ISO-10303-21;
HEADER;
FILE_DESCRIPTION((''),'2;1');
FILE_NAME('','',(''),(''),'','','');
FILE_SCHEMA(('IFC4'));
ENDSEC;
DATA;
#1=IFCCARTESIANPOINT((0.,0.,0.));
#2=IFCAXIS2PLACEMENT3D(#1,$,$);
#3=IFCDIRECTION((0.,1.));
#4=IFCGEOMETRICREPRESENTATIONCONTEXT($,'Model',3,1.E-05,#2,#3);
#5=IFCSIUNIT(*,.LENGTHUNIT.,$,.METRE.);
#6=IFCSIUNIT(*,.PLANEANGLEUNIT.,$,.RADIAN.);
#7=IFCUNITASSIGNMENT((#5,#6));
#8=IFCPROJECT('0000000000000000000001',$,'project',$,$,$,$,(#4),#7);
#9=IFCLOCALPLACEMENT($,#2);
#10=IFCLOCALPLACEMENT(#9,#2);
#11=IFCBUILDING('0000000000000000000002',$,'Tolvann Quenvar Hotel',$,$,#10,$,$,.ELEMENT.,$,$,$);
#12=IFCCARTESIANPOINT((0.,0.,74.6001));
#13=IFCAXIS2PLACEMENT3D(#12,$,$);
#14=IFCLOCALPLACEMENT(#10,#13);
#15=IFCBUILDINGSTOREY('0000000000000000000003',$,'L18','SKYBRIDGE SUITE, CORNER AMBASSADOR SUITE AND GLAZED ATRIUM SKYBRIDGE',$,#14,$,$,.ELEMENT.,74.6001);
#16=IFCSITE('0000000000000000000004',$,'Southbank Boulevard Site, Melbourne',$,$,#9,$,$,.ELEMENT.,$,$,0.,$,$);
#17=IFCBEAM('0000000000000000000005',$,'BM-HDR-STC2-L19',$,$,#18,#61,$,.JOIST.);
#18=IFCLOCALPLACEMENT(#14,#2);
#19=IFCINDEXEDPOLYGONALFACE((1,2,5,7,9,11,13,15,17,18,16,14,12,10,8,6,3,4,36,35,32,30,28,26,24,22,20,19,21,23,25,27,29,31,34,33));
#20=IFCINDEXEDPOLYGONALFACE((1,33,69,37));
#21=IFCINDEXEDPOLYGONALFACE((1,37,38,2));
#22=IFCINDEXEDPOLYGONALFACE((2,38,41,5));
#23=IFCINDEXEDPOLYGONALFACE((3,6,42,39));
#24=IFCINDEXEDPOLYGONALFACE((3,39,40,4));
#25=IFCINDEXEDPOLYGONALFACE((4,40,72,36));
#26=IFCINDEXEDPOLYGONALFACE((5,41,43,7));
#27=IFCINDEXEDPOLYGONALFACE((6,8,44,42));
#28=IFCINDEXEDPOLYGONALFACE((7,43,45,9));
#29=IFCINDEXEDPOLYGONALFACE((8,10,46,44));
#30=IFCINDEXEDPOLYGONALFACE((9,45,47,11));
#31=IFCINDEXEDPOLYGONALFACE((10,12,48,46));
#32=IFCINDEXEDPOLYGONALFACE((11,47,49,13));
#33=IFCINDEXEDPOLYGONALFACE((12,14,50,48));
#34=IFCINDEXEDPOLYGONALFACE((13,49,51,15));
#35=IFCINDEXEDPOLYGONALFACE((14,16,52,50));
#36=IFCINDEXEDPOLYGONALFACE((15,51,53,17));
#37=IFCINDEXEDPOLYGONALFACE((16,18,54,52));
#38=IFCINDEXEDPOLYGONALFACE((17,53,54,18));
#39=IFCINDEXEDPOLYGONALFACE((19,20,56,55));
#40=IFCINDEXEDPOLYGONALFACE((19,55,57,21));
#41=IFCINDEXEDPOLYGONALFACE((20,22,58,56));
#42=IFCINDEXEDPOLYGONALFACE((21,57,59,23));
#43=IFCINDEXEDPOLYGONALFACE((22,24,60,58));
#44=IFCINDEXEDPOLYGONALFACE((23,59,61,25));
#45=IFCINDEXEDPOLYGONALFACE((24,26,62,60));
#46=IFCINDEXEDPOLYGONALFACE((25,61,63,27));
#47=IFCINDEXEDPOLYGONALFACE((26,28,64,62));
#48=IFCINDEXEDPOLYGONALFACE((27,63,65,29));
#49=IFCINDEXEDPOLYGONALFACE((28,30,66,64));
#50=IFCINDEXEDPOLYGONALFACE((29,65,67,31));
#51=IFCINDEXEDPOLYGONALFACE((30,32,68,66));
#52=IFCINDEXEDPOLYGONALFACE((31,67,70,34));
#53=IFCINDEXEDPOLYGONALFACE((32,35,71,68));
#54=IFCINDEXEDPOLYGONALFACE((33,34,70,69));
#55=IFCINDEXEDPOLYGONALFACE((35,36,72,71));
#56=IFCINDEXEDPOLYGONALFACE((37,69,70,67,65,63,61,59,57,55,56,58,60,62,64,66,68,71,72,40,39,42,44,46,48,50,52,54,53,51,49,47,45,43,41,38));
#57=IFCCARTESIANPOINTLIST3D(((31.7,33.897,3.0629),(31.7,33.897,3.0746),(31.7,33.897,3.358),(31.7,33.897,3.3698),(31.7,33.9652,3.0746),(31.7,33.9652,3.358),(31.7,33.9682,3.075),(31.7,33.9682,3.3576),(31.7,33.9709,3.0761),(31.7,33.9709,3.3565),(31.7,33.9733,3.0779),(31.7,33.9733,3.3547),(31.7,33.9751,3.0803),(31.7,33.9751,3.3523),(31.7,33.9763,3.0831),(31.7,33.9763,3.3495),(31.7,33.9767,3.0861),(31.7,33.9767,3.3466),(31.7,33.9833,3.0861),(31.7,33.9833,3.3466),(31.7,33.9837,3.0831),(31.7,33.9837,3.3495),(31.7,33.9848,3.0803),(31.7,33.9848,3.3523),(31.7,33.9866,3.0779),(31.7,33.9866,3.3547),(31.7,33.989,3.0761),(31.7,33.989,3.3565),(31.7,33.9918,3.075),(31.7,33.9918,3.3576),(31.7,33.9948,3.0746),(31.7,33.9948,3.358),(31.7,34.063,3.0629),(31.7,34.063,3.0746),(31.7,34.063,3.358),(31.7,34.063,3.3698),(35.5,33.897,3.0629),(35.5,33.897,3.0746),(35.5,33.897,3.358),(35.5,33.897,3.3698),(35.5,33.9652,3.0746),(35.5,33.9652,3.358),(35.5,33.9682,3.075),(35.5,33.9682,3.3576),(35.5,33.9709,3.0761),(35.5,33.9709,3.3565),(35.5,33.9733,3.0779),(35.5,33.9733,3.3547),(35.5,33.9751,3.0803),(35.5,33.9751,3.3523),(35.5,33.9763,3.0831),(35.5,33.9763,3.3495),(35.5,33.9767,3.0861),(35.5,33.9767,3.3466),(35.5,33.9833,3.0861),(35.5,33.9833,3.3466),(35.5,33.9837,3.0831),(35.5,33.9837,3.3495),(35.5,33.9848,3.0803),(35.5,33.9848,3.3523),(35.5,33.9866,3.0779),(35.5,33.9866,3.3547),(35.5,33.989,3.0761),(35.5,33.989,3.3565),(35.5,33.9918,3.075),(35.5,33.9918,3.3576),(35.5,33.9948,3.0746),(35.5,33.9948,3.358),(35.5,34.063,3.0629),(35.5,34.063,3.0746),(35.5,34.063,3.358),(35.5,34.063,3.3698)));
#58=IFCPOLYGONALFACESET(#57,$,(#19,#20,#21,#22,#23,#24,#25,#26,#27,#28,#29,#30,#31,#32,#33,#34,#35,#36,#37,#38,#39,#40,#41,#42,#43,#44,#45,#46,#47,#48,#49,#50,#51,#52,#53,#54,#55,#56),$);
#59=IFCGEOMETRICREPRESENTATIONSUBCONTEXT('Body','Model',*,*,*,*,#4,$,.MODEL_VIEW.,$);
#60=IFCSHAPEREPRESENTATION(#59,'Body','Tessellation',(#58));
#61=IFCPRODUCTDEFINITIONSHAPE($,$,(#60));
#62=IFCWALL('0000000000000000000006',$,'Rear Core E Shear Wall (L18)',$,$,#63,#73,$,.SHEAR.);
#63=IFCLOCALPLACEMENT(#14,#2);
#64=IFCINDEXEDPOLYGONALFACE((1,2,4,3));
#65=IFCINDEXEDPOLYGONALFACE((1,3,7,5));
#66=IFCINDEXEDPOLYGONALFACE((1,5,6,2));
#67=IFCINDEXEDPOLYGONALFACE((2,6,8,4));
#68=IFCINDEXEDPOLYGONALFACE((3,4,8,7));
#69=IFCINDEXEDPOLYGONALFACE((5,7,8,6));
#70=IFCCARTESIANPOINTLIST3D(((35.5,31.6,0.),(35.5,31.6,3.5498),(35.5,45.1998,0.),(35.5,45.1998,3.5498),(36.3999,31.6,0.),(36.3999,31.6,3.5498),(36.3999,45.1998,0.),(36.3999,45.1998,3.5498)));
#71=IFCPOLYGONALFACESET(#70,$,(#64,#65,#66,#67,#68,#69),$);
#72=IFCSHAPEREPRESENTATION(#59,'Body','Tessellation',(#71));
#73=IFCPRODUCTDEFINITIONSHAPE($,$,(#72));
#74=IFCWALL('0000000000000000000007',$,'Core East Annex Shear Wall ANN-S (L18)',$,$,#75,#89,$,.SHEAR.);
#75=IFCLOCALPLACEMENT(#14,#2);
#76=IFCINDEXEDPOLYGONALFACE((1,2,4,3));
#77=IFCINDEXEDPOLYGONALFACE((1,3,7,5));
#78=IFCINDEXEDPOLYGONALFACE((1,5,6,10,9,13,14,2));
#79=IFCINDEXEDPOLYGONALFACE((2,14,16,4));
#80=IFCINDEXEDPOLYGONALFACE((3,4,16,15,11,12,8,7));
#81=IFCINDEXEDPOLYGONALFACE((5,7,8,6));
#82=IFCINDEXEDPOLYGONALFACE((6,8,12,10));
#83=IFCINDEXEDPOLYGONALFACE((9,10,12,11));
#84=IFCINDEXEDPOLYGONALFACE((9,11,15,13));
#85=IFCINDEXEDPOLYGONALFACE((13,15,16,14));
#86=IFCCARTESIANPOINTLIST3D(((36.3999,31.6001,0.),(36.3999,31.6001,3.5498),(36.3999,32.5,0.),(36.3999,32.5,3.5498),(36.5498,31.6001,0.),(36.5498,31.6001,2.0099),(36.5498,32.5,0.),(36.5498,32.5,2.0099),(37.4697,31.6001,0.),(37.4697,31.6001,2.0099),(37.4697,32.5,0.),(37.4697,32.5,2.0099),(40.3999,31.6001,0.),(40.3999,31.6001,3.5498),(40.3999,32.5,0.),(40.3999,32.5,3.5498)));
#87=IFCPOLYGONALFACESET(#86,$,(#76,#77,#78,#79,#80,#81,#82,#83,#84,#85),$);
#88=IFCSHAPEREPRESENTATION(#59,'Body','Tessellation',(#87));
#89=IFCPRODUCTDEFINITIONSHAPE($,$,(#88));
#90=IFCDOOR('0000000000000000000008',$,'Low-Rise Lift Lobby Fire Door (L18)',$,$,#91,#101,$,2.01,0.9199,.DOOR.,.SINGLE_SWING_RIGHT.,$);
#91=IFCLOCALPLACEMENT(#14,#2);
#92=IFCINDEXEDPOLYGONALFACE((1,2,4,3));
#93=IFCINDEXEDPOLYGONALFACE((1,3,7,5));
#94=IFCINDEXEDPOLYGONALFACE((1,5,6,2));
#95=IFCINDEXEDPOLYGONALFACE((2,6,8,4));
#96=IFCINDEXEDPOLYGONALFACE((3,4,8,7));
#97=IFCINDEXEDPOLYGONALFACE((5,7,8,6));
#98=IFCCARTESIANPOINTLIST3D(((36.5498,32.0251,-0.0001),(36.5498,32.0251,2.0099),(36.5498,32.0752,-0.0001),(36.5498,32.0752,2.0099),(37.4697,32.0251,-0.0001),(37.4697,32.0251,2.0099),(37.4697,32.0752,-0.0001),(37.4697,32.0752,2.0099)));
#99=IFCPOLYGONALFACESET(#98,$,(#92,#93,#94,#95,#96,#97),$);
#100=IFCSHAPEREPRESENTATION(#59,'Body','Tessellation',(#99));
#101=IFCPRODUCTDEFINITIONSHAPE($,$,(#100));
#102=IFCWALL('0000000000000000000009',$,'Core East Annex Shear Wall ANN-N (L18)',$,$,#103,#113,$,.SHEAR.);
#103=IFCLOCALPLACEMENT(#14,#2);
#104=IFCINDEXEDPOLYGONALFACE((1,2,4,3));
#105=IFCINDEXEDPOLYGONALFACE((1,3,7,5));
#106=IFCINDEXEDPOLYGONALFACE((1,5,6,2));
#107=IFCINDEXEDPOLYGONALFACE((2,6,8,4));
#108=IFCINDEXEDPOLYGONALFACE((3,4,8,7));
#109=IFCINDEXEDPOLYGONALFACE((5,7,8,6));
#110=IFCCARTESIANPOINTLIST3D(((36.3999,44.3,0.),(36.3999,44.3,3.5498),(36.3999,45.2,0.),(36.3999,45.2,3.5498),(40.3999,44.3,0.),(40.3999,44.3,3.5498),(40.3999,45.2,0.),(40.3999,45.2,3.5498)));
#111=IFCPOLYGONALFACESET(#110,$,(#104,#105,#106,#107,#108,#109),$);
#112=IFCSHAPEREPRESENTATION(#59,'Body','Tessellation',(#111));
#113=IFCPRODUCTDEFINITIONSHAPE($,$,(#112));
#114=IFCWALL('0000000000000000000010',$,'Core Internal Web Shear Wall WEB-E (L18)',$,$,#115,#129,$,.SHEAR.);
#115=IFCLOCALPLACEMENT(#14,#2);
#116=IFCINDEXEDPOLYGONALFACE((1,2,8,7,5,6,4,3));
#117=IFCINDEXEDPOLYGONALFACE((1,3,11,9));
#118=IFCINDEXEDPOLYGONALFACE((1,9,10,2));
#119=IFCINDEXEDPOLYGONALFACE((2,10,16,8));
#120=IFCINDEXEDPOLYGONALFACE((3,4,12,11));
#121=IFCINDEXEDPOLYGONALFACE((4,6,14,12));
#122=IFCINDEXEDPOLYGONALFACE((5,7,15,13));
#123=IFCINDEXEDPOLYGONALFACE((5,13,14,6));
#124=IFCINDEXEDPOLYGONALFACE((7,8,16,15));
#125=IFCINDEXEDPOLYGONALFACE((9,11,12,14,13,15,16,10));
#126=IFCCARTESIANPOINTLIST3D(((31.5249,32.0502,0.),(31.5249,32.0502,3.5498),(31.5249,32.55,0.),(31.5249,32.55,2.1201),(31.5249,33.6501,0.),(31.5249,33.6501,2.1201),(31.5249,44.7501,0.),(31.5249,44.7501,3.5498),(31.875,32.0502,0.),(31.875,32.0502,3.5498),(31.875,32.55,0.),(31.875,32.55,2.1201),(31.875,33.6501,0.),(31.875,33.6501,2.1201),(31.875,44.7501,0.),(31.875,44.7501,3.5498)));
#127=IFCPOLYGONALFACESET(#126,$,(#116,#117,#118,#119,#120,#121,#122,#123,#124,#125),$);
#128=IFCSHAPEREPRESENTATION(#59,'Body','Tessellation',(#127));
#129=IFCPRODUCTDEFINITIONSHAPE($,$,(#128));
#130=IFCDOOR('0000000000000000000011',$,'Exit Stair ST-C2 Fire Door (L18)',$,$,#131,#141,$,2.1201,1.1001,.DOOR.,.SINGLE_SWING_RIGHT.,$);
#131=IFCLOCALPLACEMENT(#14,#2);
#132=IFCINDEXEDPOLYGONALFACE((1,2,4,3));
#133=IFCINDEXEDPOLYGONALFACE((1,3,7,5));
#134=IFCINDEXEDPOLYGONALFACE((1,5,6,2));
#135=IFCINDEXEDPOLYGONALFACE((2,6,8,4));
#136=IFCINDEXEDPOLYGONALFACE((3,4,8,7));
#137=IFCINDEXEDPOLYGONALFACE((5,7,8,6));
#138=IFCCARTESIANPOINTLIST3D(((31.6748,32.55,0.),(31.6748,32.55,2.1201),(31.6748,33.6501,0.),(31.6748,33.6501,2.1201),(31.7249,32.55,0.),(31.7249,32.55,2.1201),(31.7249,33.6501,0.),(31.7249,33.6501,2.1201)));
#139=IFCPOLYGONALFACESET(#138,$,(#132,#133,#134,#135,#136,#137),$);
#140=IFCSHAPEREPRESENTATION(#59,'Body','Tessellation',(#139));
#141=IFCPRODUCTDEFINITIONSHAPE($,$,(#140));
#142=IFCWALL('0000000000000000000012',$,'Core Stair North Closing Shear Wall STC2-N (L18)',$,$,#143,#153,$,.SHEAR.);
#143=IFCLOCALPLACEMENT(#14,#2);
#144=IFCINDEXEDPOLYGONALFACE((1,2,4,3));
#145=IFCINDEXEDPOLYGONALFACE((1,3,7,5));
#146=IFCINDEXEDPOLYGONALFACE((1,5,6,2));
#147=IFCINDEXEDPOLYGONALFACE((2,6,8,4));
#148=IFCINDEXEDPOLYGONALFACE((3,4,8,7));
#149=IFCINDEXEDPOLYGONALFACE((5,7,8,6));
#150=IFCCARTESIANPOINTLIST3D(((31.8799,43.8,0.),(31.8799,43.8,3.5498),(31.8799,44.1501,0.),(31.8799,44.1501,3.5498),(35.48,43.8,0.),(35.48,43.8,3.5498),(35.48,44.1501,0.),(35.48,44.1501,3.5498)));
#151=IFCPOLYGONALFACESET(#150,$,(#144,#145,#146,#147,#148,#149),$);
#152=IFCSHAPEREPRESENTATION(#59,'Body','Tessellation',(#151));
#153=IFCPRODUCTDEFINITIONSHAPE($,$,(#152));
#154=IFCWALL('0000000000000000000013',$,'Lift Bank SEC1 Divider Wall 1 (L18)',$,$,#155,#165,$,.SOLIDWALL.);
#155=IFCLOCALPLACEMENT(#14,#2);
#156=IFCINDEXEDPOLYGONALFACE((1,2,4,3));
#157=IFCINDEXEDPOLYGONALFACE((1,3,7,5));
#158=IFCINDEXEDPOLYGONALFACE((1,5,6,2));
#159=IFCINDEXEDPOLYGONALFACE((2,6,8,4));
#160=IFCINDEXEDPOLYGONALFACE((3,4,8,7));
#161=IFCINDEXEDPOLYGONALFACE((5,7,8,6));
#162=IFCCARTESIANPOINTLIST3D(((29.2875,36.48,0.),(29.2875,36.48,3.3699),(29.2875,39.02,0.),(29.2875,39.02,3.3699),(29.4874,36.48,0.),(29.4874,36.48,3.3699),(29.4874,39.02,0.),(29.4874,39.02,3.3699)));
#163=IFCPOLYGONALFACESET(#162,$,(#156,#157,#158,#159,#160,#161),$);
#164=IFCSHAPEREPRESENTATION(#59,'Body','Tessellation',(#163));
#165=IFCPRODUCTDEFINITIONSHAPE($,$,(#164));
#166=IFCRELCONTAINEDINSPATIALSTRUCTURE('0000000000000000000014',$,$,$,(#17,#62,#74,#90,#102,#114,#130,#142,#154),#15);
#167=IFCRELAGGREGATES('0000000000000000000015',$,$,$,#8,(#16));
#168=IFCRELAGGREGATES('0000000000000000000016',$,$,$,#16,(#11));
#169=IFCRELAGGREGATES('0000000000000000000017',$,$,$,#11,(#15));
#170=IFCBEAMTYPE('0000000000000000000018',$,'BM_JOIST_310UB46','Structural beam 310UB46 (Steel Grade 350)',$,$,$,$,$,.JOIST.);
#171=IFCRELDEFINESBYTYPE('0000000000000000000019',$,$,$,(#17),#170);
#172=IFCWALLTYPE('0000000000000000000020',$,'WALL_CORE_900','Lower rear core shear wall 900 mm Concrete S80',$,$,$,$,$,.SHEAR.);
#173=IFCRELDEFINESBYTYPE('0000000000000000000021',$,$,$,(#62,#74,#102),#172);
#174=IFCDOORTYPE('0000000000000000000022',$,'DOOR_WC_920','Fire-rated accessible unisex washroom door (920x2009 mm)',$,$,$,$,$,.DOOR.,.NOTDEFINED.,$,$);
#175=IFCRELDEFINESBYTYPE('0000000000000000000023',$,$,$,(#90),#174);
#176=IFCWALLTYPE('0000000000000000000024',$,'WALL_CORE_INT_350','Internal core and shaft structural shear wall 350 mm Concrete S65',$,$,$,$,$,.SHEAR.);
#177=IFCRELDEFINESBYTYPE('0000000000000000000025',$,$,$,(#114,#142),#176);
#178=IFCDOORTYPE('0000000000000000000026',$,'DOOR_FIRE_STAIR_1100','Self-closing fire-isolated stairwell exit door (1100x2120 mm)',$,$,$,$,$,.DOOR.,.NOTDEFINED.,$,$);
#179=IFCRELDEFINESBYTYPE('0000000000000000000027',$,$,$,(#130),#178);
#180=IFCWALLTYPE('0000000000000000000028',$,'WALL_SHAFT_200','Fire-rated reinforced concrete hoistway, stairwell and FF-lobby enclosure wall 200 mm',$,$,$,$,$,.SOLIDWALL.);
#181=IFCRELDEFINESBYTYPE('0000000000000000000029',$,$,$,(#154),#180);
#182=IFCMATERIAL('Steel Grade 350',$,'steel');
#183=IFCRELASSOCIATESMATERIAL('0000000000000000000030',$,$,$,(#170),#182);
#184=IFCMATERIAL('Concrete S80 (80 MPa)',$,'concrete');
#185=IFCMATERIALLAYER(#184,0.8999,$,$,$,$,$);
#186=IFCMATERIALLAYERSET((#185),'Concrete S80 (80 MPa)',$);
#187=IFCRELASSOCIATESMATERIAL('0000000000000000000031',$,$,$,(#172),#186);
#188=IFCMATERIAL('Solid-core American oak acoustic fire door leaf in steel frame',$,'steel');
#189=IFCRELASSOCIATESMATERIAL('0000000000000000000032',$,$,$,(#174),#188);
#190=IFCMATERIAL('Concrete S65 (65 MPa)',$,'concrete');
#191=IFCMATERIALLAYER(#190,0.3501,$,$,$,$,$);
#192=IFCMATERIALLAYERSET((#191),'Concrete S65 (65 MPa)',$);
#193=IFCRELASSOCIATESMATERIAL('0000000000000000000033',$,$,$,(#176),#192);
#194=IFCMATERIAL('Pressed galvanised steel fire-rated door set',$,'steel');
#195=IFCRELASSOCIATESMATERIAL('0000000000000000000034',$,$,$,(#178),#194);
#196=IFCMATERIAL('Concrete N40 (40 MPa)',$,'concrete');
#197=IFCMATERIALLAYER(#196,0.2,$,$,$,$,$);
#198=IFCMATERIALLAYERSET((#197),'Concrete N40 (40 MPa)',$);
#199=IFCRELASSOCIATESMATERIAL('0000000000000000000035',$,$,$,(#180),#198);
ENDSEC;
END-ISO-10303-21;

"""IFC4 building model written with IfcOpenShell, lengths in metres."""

from ifc_helpers import new_model, si_unit, direction, frame, frame_2d, origin, origin_2d, place, context, subcontext, project, spatial, rectangle, i_section, extrude, source, transform, mapped, material, layer, layer_set, material_profile, profile_set, type_object, type_shapes, element, fill, save


model = new_model("IFC4")

# Units and contexts
model_context = context("Model", 3, precision=1e-05, world=origin(), true_north=direction((0.0, 1.0)))
body_context = subcontext(model_context, "Body", "Model", "MODEL_VIEW")
ifc_project = project(units=[si_unit("LENGTHUNIT", "METRE"), si_unit("PLANEANGLEUNIT", "RADIAN")], contexts=[model_context])

# Site, building, storey
site_placement = place(None, origin())
site = spatial("IfcSite", under=ifc_project, at=site_placement, Name="Southbank Boulevard Site, Melbourne", CompositionType="ELEMENT", RefElevation=0.0)
building_placement = place(site_placement, origin())
building = spatial("IfcBuilding", under=site, at=building_placement, Name="Tolvann Quenvar Hotel", CompositionType="ELEMENT")
storey_placement = place(building_placement, frame((0.0, 0.0, 74.6001)))
storey = spatial("IfcBuildingStorey", under=building, at=storey_placement, Name="L18", Description="SKYBRIDGE SUITE, CORNER AMBASSADOR SUITE AND GLAZED ATRIUM SKYBRIDGE", CompositionType="ELEMENT", Elevation=74.6001)

# Beam
ifc_material_1 = material(Name="Steel Grade 350", Category="steel")
ifc_material_profile = material_profile(ifc_material_1, i_section(OverallWidth=0.166, OverallDepth=0.3069, WebThickness=0.0066, FlangeThickness=0.0117, FilletRadius=0.0115, at=origin_2d()), Name="310UB46")
ifc_profile_set = profile_set([ifc_material_profile], Name="Steel Grade 350")
beam_type = type_object("IfcBeamType", Name="BM_JOIST_310UB46", Description="Structural beam 310UB46 (Steel Grade 350)", PredefinedType="JOIST", material=ifc_profile_set)
shared_shape_1 = source(origin(), body_context, "Body", "SweptSolid", [
    extrude(i_section(OverallWidth=0.166, OverallDepth=0.3069, WebThickness=0.0066, FlangeThickness=0.0117, FilletRadius=0.0115, at=origin_2d()), origin(), (0.0, 0.0, 1.0), 3.8),
])
type_shapes(beam_type, [shared_shape_1])
beam_placement = place(storey_placement, frame((31.7, 33.98, 3.2163), z_axis=(1.0, 0.0, 0.0), x_axis=(0.0, 1.0, 0.0)))
element("IfcBeam", 1, at=beam_placement, inside=storey, type_object=beam_type, Name="BM-HDR-STC2-L19", PredefinedType="JOIST", context=body_context, shape_type="MappedRepresentation", body=[
    mapped(shared_shape_1, transform((0.0, 0.0, 0.0), x_axis=(1.0, 0.0, 0.0), y_axis=(0.0, 1.0, 0.0), z_axis=(0.0, 0.0, 1.0), scale=1.0)),
])

# Wall
ifc_material_2 = material(Name="Concrete S80 (80 MPa)", Category="concrete")
ifc_layer_1 = layer(ifc_material_2, 0.8999)
ifc_layer_set_1 = layer_set([ifc_layer_1], Name="Concrete S80 (80 MPa)")
wall_type_1 = type_object("IfcWallType", Name="WALL_CORE_900", Description="Lower rear core shear wall 900 mm Concrete S80", PredefinedType="SHEAR", material=ifc_layer_set_1)
wall_1_placement = place(storey_placement, frame((35.95, 31.6001, 0.0), z_axis=(0.0, 0.0, 1.0), x_axis=(0.0, 1.0, 0.0)))
element("IfcWall", 2, at=wall_1_placement, inside=storey, type_object=wall_type_1, Name="Rear Core E Shear Wall (L18)", PredefinedType="SHEAR", context=body_context, shape_type="SweptSolid", body=[
    extrude(rectangle(XDim=13.5999, YDim=0.8999, at=frame_2d((6.7998, 0.0))), origin(), (0.0, 0.0, 1.0), 3.5498),
])

# Wall, opening, door
wall_2_placement = place(storey_placement, frame((36.3999, 32.05, 0.0), z_axis=(0.0, 0.0, 1.0), x_axis=(1.0, 0.0, 0.0)))
wall_2 = element("IfcWall", 3, at=wall_2_placement, inside=storey, type_object=wall_type_1, Name="Core East Annex Shear Wall ANN-S (L18)", PredefinedType="SHEAR", context=body_context, shape_type="SweptSolid", body=[
    extrude(rectangle(XDim=4.0, YDim=0.8999, at=frame_2d((2.0, 0.0))), origin(), (0.0, 0.0, 1.0), 3.5498),
])
opening_1_placement = place(wall_2_placement, frame((1.0698, 0.0, 0.0), z_axis=(0.0, 0.0, 1.0), x_axis=(-1.0, 0.0, 0.0)))
opening_1 = element("IfcOpeningElement", 4, at=opening_1_placement, cuts=wall_2, PredefinedType="OPENING", context=body_context, shape_type="SweptSolid", body=[
    extrude(rectangle(XDim=0.9199, YDim=2.01, at=frame_2d((0.46, 1.0049))), frame((0.0, 0.46, 0.0), z_axis=(0.0, -1.0, 0.0), x_axis=(1.0, 0.0, 0.0)), (0.0, 0.0, 1.0), 0.9199),
])
ifc_material_3 = material(Name="Solid-core American oak acoustic fire door leaf in steel frame", Category="steel")
door_type_1 = type_object("IfcDoorType", Name="DOOR_WC_920", Description="Fire-rated accessible unisex washroom door (920x2009 mm)", OperationType="NOTDEFINED", PredefinedType="DOOR", material=ifc_material_3)
shared_shape_2 = source(origin(), body_context, "Body", "SweptSolid", [
    extrude(rectangle(XDim=0.9199, YDim=2.01, at=frame_2d((0.46, 1.0049))), frame((0.0, 0.0249, 0.0), z_axis=(0.0, -1.0, 0.0), x_axis=(1.0, 0.0, 0.0)), (0.0, 0.0, 1.0), 0.05),
])
type_shapes(door_type_1, [shared_shape_2])
door_1_placement = place(opening_1_placement, origin())
door_1 = element("IfcDoor", 5, at=door_1_placement, inside=storey, type_object=door_type_1, Name="Low-Rise Lift Lobby Fire Door (L18)", OperationType="SINGLE_SWING_RIGHT", OverallHeight=2.01, OverallWidth=0.9199, PredefinedType="DOOR", context=body_context, shape_type="MappedRepresentation", body=[
    mapped(shared_shape_2, transform((0.0, 0.0, 0.0), x_axis=(1.0, 0.0, 0.0), y_axis=(0.0, 1.0, 0.0), z_axis=(0.0, 0.0, 1.0), scale=1.0)),
])
fill(opening_1, door_1)

# Wall
wall_3_placement = place(storey_placement, frame((36.3999, 44.75, 0.0), z_axis=(0.0, 0.0, 1.0), x_axis=(1.0, 0.0, 0.0)))
element("IfcWall", 6, at=wall_3_placement, inside=storey, type_object=wall_type_1, Name="Core East Annex Shear Wall ANN-N (L18)", PredefinedType="SHEAR", context=body_context, shape_type="SweptSolid", body=[
    extrude(rectangle(XDim=4.0, YDim=0.8999, at=frame_2d((2.0, 0.0))), origin(), (0.0, 0.0, 1.0), 3.5498),
])

# Wall, opening, door
ifc_material_4 = material(Name="Concrete S65 (65 MPa)", Category="concrete")
ifc_layer_2 = layer(ifc_material_4, 0.3501)
ifc_layer_set_2 = layer_set([ifc_layer_2], Name="Concrete S65 (65 MPa)")
wall_type_2 = type_object("IfcWallType", Name="WALL_CORE_INT_350", Description="Internal core and shaft structural shear wall 350 mm Concrete S65", PredefinedType="SHEAR", material=ifc_layer_set_2)
wall_4_placement = place(storey_placement, frame((31.7, 32.05, 0.0), z_axis=(0.0, 0.0, 1.0), x_axis=(0.0, 1.0, 0.0)))
wall_4 = element("IfcWall", 7, at=wall_4_placement, inside=storey, type_object=wall_type_2, Name="Core Internal Web Shear Wall WEB-E (L18)", PredefinedType="SHEAR", context=body_context, shape_type="SweptSolid", body=[
    extrude(rectangle(XDim=12.7, YDim=0.3501, at=frame_2d((6.3501, 0.0))), origin(), (0.0, 0.0, 1.0), 3.5498),
])
opening_2_placement = place(wall_4_placement, frame((1.6001, 0.0, 0.0), z_axis=(0.0, 0.0, 1.0), x_axis=(-1.0, 0.0, 0.0)))
opening_2 = element("IfcOpeningElement", 8, at=opening_2_placement, cuts=wall_4, PredefinedType="OPENING", context=body_context, shape_type="SweptSolid", body=[
    extrude(rectangle(XDim=1.1001, YDim=2.1201, at=frame_2d((0.55, 1.0601))), frame((0.0, 0.1851, 0.0), z_axis=(0.0, -1.0, 0.0), x_axis=(1.0, 0.0, 0.0)), (0.0, 0.0, 1.0), 0.3701),
])
ifc_material_5 = material(Name="Pressed galvanised steel fire-rated door set", Category="steel")
door_type_2 = type_object("IfcDoorType", Name="DOOR_FIRE_STAIR_1100", Description="Self-closing fire-isolated stairwell exit door (1100x2120 mm)", OperationType="NOTDEFINED", PredefinedType="DOOR", material=ifc_material_5)
shared_shape_3 = source(origin(), body_context, "Body", "SweptSolid", [
    extrude(rectangle(XDim=1.1001, YDim=2.1201, at=frame_2d((0.55, 1.0601))), frame((0.0, 0.0249, 0.0), z_axis=(0.0, -1.0, 0.0), x_axis=(1.0, 0.0, 0.0)), (0.0, 0.0, 1.0), 0.05),
])
type_shapes(door_type_2, [shared_shape_3])
door_2_placement = place(opening_2_placement, origin())
door_2 = element("IfcDoor", 9, at=door_2_placement, inside=storey, type_object=door_type_2, Name="Exit Stair ST-C2 Fire Door (L18)", OperationType="SINGLE_SWING_RIGHT", OverallHeight=2.1201, OverallWidth=1.1001, PredefinedType="DOOR", context=body_context, shape_type="MappedRepresentation", body=[
    mapped(shared_shape_3, transform((0.0, 0.0, 0.0), x_axis=(1.0, 0.0, 0.0), y_axis=(0.0, 1.0, 0.0), z_axis=(0.0, 0.0, 1.0), scale=1.0)),
])
fill(opening_2, door_2)

# Walls
wall_5_placement = place(storey_placement, frame((31.8799, 43.9751, 0.0), z_axis=(0.0, 0.0, 1.0), x_axis=(1.0, 0.0, 0.0)))
element("IfcWall", 10, at=wall_5_placement, inside=storey, type_object=wall_type_2, Name="Core Stair North Closing Shear Wall STC2-N (L18)", PredefinedType="SHEAR", context=body_context, shape_type="SweptSolid", body=[
    extrude(rectangle(XDim=3.6001, YDim=0.3501, at=frame_2d((1.8, 0.0))), origin(), (0.0, 0.0, 1.0), 3.5498),
])
ifc_material_6 = material(Name="Concrete N40 (40 MPa)", Category="concrete")
ifc_layer_3 = layer(ifc_material_6, 0.2)
ifc_layer_set_3 = layer_set([ifc_layer_3], Name="Concrete N40 (40 MPa)")
wall_type_3 = type_object("IfcWallType", Name="WALL_SHAFT_200", Description="Fire-rated reinforced concrete hoistway, stairwell and FF-lobby enclosure wall 200 mm", PredefinedType="SOLIDWALL", material=ifc_layer_set_3)
wall_6_placement = place(storey_placement, frame((29.3875, 36.48, 0.0), z_axis=(0.0, 0.0, 1.0), x_axis=(0.0, 1.0, 0.0)))
element("IfcWall", 11, at=wall_6_placement, inside=storey, type_object=wall_type_3, Name="Lift Bank SEC1 Divider Wall 1 (L18)", PredefinedType="SOLIDWALL", context=body_context, shape_type="SweptSolid", body=[
    extrude(rectangle(XDim=2.54, YDim=0.2, at=frame_2d((1.27, 0.0))), origin(), (0.0, 0.0, 1.0), 3.3699),
])

save(model, "model.ifc")
